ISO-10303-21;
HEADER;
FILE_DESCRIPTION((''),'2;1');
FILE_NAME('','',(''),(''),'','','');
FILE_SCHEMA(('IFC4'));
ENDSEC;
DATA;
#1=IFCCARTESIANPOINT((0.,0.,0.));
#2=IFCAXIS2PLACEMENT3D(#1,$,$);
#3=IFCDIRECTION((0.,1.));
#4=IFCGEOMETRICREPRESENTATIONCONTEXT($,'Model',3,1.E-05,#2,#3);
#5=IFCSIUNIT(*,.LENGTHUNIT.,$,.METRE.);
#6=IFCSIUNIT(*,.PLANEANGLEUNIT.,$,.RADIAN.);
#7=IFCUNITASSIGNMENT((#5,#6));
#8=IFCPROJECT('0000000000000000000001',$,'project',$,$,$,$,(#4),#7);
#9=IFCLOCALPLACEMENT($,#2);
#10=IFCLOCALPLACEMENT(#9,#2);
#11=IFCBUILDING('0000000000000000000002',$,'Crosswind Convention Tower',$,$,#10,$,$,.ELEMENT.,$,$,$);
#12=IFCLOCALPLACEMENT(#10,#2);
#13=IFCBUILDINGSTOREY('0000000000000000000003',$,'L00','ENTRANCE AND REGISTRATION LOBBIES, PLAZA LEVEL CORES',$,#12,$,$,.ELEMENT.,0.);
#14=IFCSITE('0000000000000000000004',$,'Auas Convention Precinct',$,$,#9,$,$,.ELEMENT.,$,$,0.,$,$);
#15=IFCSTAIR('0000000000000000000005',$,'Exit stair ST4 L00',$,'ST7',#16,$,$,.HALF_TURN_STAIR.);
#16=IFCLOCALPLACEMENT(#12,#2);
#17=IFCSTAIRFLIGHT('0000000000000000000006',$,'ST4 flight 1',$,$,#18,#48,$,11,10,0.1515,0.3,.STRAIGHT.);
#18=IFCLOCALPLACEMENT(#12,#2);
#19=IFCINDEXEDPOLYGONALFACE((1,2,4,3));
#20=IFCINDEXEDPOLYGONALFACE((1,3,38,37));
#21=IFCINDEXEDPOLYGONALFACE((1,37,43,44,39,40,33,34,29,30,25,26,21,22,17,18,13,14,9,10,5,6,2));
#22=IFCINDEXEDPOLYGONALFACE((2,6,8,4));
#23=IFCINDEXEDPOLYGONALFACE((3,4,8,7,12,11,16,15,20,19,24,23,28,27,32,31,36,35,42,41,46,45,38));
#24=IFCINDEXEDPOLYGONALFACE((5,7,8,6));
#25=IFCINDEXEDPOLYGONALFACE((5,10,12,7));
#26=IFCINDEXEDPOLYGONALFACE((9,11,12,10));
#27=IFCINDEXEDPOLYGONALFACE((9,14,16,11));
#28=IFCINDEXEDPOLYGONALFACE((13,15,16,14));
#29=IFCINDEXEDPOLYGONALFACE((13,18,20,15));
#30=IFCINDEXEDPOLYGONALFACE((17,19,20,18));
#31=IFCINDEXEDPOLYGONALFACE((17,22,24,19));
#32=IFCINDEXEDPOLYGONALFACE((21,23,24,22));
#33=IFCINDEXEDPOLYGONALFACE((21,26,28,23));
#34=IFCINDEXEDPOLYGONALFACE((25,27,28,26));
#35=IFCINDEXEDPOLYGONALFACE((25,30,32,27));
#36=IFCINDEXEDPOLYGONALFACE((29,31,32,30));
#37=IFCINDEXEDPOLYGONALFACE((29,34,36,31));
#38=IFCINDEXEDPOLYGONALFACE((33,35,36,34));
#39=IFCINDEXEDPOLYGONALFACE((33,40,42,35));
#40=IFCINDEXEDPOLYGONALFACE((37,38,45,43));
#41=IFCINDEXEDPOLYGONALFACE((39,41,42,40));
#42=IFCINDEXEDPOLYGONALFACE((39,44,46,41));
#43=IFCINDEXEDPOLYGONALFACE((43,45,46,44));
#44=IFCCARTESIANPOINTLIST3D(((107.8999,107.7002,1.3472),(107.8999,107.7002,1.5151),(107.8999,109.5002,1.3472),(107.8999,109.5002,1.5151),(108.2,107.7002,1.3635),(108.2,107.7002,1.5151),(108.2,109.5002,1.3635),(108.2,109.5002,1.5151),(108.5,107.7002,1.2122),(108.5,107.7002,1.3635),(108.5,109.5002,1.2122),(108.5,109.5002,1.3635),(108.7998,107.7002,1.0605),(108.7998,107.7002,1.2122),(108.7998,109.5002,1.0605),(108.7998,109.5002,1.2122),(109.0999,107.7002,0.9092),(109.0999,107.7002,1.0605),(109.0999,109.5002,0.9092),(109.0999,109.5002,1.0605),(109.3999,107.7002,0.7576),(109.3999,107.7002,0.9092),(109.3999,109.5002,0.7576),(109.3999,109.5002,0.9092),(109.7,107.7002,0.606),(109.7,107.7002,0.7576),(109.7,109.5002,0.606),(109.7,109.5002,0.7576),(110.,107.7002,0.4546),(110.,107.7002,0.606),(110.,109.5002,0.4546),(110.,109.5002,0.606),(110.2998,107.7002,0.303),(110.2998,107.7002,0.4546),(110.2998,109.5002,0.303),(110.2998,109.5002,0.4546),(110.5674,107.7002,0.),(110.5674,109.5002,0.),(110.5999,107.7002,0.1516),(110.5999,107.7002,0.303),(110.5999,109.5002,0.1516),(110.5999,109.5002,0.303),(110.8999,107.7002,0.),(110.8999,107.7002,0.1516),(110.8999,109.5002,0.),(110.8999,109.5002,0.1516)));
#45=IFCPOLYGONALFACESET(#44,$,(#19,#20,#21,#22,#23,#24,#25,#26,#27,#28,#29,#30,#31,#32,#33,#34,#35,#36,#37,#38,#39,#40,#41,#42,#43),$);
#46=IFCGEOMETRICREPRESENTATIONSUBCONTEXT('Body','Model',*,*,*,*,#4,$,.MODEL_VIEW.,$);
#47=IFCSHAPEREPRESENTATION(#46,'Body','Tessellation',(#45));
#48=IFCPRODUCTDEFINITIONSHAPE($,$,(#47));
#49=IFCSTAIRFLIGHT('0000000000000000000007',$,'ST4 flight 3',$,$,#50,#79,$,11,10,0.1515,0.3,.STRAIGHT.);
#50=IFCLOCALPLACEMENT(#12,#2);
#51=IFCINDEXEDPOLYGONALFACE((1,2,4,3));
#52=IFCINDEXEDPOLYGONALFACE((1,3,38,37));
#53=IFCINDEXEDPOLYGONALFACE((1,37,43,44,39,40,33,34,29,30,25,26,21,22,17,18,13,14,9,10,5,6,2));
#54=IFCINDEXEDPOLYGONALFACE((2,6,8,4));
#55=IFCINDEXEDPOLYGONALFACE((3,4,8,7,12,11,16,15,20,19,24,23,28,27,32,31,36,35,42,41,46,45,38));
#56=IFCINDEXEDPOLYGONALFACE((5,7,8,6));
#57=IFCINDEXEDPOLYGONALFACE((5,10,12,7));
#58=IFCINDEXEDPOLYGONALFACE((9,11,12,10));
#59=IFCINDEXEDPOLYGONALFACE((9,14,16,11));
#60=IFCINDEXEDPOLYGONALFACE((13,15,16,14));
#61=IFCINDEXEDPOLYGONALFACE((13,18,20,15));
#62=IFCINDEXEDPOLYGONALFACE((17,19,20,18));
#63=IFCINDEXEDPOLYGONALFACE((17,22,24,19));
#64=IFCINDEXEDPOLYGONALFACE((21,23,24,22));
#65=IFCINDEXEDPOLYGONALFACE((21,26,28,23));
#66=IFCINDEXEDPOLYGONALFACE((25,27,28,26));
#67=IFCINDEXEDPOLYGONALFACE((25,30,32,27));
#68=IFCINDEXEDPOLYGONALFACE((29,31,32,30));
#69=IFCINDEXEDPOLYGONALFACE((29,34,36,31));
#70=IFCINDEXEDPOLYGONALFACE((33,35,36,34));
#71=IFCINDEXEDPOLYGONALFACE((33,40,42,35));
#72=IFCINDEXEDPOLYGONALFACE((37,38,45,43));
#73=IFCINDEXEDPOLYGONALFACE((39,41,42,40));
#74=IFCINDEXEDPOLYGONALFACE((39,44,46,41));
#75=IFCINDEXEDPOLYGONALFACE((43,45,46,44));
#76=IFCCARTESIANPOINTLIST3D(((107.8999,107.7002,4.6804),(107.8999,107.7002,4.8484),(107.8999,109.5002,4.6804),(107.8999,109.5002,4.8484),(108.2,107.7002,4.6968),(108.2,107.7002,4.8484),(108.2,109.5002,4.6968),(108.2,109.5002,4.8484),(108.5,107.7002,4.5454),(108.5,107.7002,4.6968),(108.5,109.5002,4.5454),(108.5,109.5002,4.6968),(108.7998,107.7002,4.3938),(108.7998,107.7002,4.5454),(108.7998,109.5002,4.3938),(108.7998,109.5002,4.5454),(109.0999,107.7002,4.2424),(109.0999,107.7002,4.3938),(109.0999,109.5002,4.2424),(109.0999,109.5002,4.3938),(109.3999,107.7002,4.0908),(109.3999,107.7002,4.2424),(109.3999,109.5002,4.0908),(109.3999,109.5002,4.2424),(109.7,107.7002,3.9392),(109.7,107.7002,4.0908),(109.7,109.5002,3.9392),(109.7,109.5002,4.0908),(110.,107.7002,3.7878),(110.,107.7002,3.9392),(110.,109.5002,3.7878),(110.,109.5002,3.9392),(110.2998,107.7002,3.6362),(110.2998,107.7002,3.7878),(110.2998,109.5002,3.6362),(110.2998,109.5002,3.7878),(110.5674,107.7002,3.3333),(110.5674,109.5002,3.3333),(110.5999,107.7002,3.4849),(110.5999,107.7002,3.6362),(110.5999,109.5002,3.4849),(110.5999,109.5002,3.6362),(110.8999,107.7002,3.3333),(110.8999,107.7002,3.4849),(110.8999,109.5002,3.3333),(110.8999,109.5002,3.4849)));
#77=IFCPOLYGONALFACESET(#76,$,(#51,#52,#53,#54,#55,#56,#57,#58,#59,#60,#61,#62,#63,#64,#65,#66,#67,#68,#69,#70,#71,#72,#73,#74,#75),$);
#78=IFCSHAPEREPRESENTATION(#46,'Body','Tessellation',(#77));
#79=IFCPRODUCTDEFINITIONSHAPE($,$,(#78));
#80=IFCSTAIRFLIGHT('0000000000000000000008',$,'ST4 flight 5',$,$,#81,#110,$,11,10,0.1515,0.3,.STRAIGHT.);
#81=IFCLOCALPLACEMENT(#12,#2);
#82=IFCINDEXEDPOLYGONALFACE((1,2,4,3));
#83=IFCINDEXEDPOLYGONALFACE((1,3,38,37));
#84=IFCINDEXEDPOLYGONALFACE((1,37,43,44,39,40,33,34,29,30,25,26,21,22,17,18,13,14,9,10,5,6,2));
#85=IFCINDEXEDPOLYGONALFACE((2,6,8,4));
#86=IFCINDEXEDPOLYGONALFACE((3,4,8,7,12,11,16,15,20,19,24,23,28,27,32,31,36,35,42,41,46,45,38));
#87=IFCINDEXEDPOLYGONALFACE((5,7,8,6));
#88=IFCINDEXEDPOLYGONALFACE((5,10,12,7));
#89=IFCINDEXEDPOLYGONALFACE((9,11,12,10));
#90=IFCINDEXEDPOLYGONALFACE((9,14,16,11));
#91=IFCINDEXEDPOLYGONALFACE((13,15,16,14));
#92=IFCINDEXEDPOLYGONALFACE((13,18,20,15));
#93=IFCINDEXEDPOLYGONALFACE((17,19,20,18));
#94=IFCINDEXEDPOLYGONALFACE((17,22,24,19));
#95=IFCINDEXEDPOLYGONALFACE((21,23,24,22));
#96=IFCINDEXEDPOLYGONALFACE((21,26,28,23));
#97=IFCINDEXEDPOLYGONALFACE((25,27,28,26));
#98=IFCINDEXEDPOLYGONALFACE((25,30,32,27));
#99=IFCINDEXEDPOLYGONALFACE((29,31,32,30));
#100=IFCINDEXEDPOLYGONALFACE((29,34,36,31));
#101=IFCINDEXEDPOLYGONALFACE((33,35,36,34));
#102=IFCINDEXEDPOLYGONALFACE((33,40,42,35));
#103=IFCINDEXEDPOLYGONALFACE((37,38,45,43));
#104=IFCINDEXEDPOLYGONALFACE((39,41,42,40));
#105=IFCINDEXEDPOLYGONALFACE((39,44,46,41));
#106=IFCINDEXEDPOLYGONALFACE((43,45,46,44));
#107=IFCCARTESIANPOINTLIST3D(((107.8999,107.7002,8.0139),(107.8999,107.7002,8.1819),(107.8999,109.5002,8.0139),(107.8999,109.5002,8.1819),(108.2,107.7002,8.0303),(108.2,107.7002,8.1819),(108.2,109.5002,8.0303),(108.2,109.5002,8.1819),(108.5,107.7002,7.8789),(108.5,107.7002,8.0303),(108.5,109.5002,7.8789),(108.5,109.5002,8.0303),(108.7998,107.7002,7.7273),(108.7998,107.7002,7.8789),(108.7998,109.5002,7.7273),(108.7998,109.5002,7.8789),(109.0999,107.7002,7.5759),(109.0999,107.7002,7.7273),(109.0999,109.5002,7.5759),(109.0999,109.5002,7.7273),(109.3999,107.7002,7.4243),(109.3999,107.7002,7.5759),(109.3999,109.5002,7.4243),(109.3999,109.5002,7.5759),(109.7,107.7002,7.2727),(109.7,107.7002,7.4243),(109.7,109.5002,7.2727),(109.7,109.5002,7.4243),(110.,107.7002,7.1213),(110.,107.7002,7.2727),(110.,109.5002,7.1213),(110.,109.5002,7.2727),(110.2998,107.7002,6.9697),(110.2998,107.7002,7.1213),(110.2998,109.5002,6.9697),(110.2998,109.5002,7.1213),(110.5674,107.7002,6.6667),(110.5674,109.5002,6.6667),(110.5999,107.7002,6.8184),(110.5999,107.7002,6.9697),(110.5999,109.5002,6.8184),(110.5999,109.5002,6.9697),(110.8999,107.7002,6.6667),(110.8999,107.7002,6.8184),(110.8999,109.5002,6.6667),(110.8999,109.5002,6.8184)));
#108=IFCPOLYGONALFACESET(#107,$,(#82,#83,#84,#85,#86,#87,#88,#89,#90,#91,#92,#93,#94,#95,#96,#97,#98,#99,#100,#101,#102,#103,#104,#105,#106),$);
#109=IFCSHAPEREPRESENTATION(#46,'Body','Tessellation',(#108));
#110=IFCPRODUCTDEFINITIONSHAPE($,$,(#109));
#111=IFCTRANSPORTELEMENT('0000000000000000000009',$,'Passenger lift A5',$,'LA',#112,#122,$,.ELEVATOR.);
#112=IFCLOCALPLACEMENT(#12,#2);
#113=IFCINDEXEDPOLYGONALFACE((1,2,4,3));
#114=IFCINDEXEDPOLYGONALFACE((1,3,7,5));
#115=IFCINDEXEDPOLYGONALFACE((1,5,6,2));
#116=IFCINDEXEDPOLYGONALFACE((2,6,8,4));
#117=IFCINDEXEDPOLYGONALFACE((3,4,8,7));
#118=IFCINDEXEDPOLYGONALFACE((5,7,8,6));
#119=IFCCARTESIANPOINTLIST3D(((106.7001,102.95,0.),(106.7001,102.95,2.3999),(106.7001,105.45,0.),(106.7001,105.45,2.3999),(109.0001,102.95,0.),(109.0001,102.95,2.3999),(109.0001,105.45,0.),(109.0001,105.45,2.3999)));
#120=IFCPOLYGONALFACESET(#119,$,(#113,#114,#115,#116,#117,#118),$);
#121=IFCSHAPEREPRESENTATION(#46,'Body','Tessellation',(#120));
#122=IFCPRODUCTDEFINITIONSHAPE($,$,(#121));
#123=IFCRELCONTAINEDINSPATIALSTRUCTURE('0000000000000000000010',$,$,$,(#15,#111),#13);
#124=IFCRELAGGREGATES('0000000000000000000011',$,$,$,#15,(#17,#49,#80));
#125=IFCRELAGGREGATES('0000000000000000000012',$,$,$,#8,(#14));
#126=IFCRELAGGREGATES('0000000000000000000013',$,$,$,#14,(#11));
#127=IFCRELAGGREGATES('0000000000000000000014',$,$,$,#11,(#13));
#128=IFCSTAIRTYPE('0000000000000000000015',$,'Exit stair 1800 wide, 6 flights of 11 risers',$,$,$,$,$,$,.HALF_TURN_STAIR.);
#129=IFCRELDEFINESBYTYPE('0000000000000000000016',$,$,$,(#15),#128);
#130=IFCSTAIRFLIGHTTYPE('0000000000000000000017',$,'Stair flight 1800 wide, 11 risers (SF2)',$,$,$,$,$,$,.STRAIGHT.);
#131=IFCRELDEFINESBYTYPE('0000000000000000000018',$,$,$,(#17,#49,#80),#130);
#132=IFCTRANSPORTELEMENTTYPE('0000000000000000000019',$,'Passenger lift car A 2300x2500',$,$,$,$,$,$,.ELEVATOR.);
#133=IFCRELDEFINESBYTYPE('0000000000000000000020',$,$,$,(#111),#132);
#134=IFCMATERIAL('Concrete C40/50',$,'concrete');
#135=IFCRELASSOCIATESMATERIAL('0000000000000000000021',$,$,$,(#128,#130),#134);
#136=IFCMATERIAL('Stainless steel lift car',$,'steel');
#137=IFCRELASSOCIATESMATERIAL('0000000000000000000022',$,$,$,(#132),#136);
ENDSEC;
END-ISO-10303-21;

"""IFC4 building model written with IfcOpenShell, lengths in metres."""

from ifc_helpers import new_model, si_unit, direction, frame, origin, origin_2d, place, context, subcontext, project, spatial, polyline, rectangle, outline, extrude, material, type_object, element, aggregate, save


model = new_model("IFC4")

# Units and contexts
model_context = context("Model", 3, precision=1e-05, world=origin(), true_north=direction((0.0, 1.0)))
body_context = subcontext(model_context, "Body", "Model", "MODEL_VIEW")
ifc_project = project(units=[si_unit("LENGTHUNIT", "METRE"), si_unit("PLANEANGLEUNIT", "RADIAN")], contexts=[model_context])

# Site, building, storey
site_placement = place(None, origin())
site = spatial("IfcSite", under=ifc_project, at=site_placement, Name="Auas Convention Precinct", CompositionType="ELEMENT", RefElevation=0.0)
building_placement = place(site_placement, origin())
building = spatial("IfcBuilding", under=site, at=building_placement, Name="Crosswind Convention Tower", CompositionType="ELEMENT")
storey_placement = place(building_placement, origin())
storey = spatial("IfcBuildingStorey", under=building, at=storey_placement, Name="L00", Description="ENTRANCE AND REGISTRATION LOBBIES, PLAZA LEVEL CORES", CompositionType="ELEMENT", Elevation=0.0)

# Shared definitions
ifc_material_1 = material(Name="Concrete C40/50", Category="concrete")

# Stair, stair flights
stair_type = type_object("IfcStairType", Name="Exit stair 1800 wide, 6 flights of 11 risers", PredefinedType="HALF_TURN_STAIR", material=ifc_material_1)
stair_placement = place(storey_placement, origin())
stair = element("IfcStair", 1, at=stair_placement, inside=storey, type_object=stair_type, Name="Exit stair ST4 L00", ObjectType="ST7", PredefinedType="HALF_TURN_STAIR")
stair_flight_type = type_object("IfcStairFlightType", Name="Stair flight 1800 wide, 11 risers (SF2)", PredefinedType="STRAIGHT", material=ifc_material_1)
stair_flight_1_placement = place(storey_placement, frame((110.8999, 108.6001, 0.0), z_axis=(0.0, 0.0, 1.0), x_axis=(-1.0, 0.0, 0.0)))
stair_flight_1 = element("IfcStairFlight", 2, at=stair_flight_1_placement, type_object=stair_flight_type, Name="ST4 flight 1", NumberOfRisers=11, NumberOfTreads=10, PredefinedType="STRAIGHT", RiserHeight=0.1515, TreadLength=0.3, context=body_context, shape_type="SweptSolid", body=[
    extrude(outline(polyline([(0.0, 0.0), (0.0, 0.1516), (0.3, 0.1516), (0.3, 0.303), (0.6001, 0.303), (0.6001, 0.4546), (0.8999, 0.4546), (0.8999, 0.606), (1.2, 0.606), (1.2, 0.7576), (1.5, 0.7576), (1.5, 0.9092), (1.8, 0.9092), (1.8, 1.0605), (2.1001, 1.0605), (2.1001, 1.2122), (2.3999, 1.2122), (2.3999, 1.3635), (2.7, 1.3635), (2.7, 1.5151), (3.0, 1.5151), (3.0, 1.6667), (3.0, 1.3472), (0.3325, 0.0), (0.0, 0.0)])), frame((0.0, 0.8999, 0.0), z_axis=(0.0, -1.0, 0.0), x_axis=(1.0, 0.0, 0.0)), (0.0, 0.0, 1.0), 1.8),
])
stair_flight_2_placement = place(storey_placement, frame((110.8999, 108.6001, 3.3333), z_axis=(0.0, 0.0, 1.0), x_axis=(-1.0, 0.0, 0.0)))
stair_flight_2 = element("IfcStairFlight", 3, at=stair_flight_2_placement, type_object=stair_flight_type, Name="ST4 flight 3", NumberOfRisers=11, NumberOfTreads=10, PredefinedType="STRAIGHT", RiserHeight=0.1515, TreadLength=0.3, context=body_context, shape_type="SweptSolid", body=[
    extrude(outline(polyline([(0.0, 0.0), (0.0, 0.1516), (0.3, 0.1516), (0.3, 0.303), (0.6001, 0.303), (0.6001, 0.4546), (0.8999, 0.4546), (0.8999, 0.606), (1.2, 0.606), (1.2, 0.7576), (1.5, 0.7576), (1.5, 0.9092), (1.8, 0.9092), (1.8, 1.0605), (2.1001, 1.0605), (2.1001, 1.2122), (2.3999, 1.2122), (2.3999, 1.3635), (2.7, 1.3635), (2.7, 1.5151), (3.0, 1.5151), (3.0, 1.6667), (3.0, 1.3472), (0.3325, 0.0), (0.0, 0.0)])), frame((0.0, 0.8999, 0.0), z_axis=(0.0, -1.0, 0.0), x_axis=(1.0, 0.0, 0.0)), (0.0, 0.0, 1.0), 1.8),
])
stair_flight_3_placement = place(storey_placement, frame((110.8999, 108.6001, 6.6667), z_axis=(0.0, 0.0, 1.0), x_axis=(-1.0, 0.0, 0.0)))
stair_flight_3 = element("IfcStairFlight", 4, at=stair_flight_3_placement, type_object=stair_flight_type, Name="ST4 flight 5", NumberOfRisers=11, NumberOfTreads=10, PredefinedType="STRAIGHT", RiserHeight=0.1515, TreadLength=0.3, context=body_context, shape_type="SweptSolid", body=[
    extrude(outline(polyline([(0.0, 0.0), (0.0, 0.1516), (0.3, 0.1516), (0.3, 0.303), (0.6001, 0.303), (0.6001, 0.4546), (0.8999, 0.4546), (0.8999, 0.606), (1.2, 0.606), (1.2, 0.7576), (1.5, 0.7576), (1.5, 0.9092), (1.8, 0.9092), (1.8, 1.0605), (2.1001, 1.0605), (2.1001, 1.2122), (2.3999, 1.2122), (2.3999, 1.3635), (2.7, 1.3635), (2.7, 1.5151), (3.0, 1.5151), (3.0, 1.6667), (3.0, 1.3472), (0.3325, 0.0), (0.0, 0.0)])), frame((0.0, 0.8999, 0.0), z_axis=(0.0, -1.0, 0.0), x_axis=(1.0, 0.0, 0.0)), (0.0, 0.0, 1.0), 1.8),
])
aggregate(stair, [stair_flight_1, stair_flight_2, stair_flight_3])

# Transport element
ifc_material_2 = material(Name="Stainless steel lift car", Category="steel")
transport_element_type = type_object("IfcTransportElementType", Name="Passenger lift car A 2300x2500", PredefinedType="ELEVATOR", material=ifc_material_2)
transport_element_placement = place(storey_placement, frame((107.8501, 104.2, 0.0), z_axis=(0.0, 0.0, 1.0), x_axis=(1.0, 0.0, 0.0)))
element("IfcTransportElement", 5, at=transport_element_placement, inside=storey, type_object=transport_element_type, Name="Passenger lift A5", ObjectType="LA", PredefinedType="ELEVATOR", context=body_context, shape_type="SweptSolid", body=[
    extrude(rectangle(XDim=2.3, YDim=2.5, at=origin_2d()), origin(), (0.0, 0.0, 1.0), 2.3999),
])

save(model, "model.ifc")
